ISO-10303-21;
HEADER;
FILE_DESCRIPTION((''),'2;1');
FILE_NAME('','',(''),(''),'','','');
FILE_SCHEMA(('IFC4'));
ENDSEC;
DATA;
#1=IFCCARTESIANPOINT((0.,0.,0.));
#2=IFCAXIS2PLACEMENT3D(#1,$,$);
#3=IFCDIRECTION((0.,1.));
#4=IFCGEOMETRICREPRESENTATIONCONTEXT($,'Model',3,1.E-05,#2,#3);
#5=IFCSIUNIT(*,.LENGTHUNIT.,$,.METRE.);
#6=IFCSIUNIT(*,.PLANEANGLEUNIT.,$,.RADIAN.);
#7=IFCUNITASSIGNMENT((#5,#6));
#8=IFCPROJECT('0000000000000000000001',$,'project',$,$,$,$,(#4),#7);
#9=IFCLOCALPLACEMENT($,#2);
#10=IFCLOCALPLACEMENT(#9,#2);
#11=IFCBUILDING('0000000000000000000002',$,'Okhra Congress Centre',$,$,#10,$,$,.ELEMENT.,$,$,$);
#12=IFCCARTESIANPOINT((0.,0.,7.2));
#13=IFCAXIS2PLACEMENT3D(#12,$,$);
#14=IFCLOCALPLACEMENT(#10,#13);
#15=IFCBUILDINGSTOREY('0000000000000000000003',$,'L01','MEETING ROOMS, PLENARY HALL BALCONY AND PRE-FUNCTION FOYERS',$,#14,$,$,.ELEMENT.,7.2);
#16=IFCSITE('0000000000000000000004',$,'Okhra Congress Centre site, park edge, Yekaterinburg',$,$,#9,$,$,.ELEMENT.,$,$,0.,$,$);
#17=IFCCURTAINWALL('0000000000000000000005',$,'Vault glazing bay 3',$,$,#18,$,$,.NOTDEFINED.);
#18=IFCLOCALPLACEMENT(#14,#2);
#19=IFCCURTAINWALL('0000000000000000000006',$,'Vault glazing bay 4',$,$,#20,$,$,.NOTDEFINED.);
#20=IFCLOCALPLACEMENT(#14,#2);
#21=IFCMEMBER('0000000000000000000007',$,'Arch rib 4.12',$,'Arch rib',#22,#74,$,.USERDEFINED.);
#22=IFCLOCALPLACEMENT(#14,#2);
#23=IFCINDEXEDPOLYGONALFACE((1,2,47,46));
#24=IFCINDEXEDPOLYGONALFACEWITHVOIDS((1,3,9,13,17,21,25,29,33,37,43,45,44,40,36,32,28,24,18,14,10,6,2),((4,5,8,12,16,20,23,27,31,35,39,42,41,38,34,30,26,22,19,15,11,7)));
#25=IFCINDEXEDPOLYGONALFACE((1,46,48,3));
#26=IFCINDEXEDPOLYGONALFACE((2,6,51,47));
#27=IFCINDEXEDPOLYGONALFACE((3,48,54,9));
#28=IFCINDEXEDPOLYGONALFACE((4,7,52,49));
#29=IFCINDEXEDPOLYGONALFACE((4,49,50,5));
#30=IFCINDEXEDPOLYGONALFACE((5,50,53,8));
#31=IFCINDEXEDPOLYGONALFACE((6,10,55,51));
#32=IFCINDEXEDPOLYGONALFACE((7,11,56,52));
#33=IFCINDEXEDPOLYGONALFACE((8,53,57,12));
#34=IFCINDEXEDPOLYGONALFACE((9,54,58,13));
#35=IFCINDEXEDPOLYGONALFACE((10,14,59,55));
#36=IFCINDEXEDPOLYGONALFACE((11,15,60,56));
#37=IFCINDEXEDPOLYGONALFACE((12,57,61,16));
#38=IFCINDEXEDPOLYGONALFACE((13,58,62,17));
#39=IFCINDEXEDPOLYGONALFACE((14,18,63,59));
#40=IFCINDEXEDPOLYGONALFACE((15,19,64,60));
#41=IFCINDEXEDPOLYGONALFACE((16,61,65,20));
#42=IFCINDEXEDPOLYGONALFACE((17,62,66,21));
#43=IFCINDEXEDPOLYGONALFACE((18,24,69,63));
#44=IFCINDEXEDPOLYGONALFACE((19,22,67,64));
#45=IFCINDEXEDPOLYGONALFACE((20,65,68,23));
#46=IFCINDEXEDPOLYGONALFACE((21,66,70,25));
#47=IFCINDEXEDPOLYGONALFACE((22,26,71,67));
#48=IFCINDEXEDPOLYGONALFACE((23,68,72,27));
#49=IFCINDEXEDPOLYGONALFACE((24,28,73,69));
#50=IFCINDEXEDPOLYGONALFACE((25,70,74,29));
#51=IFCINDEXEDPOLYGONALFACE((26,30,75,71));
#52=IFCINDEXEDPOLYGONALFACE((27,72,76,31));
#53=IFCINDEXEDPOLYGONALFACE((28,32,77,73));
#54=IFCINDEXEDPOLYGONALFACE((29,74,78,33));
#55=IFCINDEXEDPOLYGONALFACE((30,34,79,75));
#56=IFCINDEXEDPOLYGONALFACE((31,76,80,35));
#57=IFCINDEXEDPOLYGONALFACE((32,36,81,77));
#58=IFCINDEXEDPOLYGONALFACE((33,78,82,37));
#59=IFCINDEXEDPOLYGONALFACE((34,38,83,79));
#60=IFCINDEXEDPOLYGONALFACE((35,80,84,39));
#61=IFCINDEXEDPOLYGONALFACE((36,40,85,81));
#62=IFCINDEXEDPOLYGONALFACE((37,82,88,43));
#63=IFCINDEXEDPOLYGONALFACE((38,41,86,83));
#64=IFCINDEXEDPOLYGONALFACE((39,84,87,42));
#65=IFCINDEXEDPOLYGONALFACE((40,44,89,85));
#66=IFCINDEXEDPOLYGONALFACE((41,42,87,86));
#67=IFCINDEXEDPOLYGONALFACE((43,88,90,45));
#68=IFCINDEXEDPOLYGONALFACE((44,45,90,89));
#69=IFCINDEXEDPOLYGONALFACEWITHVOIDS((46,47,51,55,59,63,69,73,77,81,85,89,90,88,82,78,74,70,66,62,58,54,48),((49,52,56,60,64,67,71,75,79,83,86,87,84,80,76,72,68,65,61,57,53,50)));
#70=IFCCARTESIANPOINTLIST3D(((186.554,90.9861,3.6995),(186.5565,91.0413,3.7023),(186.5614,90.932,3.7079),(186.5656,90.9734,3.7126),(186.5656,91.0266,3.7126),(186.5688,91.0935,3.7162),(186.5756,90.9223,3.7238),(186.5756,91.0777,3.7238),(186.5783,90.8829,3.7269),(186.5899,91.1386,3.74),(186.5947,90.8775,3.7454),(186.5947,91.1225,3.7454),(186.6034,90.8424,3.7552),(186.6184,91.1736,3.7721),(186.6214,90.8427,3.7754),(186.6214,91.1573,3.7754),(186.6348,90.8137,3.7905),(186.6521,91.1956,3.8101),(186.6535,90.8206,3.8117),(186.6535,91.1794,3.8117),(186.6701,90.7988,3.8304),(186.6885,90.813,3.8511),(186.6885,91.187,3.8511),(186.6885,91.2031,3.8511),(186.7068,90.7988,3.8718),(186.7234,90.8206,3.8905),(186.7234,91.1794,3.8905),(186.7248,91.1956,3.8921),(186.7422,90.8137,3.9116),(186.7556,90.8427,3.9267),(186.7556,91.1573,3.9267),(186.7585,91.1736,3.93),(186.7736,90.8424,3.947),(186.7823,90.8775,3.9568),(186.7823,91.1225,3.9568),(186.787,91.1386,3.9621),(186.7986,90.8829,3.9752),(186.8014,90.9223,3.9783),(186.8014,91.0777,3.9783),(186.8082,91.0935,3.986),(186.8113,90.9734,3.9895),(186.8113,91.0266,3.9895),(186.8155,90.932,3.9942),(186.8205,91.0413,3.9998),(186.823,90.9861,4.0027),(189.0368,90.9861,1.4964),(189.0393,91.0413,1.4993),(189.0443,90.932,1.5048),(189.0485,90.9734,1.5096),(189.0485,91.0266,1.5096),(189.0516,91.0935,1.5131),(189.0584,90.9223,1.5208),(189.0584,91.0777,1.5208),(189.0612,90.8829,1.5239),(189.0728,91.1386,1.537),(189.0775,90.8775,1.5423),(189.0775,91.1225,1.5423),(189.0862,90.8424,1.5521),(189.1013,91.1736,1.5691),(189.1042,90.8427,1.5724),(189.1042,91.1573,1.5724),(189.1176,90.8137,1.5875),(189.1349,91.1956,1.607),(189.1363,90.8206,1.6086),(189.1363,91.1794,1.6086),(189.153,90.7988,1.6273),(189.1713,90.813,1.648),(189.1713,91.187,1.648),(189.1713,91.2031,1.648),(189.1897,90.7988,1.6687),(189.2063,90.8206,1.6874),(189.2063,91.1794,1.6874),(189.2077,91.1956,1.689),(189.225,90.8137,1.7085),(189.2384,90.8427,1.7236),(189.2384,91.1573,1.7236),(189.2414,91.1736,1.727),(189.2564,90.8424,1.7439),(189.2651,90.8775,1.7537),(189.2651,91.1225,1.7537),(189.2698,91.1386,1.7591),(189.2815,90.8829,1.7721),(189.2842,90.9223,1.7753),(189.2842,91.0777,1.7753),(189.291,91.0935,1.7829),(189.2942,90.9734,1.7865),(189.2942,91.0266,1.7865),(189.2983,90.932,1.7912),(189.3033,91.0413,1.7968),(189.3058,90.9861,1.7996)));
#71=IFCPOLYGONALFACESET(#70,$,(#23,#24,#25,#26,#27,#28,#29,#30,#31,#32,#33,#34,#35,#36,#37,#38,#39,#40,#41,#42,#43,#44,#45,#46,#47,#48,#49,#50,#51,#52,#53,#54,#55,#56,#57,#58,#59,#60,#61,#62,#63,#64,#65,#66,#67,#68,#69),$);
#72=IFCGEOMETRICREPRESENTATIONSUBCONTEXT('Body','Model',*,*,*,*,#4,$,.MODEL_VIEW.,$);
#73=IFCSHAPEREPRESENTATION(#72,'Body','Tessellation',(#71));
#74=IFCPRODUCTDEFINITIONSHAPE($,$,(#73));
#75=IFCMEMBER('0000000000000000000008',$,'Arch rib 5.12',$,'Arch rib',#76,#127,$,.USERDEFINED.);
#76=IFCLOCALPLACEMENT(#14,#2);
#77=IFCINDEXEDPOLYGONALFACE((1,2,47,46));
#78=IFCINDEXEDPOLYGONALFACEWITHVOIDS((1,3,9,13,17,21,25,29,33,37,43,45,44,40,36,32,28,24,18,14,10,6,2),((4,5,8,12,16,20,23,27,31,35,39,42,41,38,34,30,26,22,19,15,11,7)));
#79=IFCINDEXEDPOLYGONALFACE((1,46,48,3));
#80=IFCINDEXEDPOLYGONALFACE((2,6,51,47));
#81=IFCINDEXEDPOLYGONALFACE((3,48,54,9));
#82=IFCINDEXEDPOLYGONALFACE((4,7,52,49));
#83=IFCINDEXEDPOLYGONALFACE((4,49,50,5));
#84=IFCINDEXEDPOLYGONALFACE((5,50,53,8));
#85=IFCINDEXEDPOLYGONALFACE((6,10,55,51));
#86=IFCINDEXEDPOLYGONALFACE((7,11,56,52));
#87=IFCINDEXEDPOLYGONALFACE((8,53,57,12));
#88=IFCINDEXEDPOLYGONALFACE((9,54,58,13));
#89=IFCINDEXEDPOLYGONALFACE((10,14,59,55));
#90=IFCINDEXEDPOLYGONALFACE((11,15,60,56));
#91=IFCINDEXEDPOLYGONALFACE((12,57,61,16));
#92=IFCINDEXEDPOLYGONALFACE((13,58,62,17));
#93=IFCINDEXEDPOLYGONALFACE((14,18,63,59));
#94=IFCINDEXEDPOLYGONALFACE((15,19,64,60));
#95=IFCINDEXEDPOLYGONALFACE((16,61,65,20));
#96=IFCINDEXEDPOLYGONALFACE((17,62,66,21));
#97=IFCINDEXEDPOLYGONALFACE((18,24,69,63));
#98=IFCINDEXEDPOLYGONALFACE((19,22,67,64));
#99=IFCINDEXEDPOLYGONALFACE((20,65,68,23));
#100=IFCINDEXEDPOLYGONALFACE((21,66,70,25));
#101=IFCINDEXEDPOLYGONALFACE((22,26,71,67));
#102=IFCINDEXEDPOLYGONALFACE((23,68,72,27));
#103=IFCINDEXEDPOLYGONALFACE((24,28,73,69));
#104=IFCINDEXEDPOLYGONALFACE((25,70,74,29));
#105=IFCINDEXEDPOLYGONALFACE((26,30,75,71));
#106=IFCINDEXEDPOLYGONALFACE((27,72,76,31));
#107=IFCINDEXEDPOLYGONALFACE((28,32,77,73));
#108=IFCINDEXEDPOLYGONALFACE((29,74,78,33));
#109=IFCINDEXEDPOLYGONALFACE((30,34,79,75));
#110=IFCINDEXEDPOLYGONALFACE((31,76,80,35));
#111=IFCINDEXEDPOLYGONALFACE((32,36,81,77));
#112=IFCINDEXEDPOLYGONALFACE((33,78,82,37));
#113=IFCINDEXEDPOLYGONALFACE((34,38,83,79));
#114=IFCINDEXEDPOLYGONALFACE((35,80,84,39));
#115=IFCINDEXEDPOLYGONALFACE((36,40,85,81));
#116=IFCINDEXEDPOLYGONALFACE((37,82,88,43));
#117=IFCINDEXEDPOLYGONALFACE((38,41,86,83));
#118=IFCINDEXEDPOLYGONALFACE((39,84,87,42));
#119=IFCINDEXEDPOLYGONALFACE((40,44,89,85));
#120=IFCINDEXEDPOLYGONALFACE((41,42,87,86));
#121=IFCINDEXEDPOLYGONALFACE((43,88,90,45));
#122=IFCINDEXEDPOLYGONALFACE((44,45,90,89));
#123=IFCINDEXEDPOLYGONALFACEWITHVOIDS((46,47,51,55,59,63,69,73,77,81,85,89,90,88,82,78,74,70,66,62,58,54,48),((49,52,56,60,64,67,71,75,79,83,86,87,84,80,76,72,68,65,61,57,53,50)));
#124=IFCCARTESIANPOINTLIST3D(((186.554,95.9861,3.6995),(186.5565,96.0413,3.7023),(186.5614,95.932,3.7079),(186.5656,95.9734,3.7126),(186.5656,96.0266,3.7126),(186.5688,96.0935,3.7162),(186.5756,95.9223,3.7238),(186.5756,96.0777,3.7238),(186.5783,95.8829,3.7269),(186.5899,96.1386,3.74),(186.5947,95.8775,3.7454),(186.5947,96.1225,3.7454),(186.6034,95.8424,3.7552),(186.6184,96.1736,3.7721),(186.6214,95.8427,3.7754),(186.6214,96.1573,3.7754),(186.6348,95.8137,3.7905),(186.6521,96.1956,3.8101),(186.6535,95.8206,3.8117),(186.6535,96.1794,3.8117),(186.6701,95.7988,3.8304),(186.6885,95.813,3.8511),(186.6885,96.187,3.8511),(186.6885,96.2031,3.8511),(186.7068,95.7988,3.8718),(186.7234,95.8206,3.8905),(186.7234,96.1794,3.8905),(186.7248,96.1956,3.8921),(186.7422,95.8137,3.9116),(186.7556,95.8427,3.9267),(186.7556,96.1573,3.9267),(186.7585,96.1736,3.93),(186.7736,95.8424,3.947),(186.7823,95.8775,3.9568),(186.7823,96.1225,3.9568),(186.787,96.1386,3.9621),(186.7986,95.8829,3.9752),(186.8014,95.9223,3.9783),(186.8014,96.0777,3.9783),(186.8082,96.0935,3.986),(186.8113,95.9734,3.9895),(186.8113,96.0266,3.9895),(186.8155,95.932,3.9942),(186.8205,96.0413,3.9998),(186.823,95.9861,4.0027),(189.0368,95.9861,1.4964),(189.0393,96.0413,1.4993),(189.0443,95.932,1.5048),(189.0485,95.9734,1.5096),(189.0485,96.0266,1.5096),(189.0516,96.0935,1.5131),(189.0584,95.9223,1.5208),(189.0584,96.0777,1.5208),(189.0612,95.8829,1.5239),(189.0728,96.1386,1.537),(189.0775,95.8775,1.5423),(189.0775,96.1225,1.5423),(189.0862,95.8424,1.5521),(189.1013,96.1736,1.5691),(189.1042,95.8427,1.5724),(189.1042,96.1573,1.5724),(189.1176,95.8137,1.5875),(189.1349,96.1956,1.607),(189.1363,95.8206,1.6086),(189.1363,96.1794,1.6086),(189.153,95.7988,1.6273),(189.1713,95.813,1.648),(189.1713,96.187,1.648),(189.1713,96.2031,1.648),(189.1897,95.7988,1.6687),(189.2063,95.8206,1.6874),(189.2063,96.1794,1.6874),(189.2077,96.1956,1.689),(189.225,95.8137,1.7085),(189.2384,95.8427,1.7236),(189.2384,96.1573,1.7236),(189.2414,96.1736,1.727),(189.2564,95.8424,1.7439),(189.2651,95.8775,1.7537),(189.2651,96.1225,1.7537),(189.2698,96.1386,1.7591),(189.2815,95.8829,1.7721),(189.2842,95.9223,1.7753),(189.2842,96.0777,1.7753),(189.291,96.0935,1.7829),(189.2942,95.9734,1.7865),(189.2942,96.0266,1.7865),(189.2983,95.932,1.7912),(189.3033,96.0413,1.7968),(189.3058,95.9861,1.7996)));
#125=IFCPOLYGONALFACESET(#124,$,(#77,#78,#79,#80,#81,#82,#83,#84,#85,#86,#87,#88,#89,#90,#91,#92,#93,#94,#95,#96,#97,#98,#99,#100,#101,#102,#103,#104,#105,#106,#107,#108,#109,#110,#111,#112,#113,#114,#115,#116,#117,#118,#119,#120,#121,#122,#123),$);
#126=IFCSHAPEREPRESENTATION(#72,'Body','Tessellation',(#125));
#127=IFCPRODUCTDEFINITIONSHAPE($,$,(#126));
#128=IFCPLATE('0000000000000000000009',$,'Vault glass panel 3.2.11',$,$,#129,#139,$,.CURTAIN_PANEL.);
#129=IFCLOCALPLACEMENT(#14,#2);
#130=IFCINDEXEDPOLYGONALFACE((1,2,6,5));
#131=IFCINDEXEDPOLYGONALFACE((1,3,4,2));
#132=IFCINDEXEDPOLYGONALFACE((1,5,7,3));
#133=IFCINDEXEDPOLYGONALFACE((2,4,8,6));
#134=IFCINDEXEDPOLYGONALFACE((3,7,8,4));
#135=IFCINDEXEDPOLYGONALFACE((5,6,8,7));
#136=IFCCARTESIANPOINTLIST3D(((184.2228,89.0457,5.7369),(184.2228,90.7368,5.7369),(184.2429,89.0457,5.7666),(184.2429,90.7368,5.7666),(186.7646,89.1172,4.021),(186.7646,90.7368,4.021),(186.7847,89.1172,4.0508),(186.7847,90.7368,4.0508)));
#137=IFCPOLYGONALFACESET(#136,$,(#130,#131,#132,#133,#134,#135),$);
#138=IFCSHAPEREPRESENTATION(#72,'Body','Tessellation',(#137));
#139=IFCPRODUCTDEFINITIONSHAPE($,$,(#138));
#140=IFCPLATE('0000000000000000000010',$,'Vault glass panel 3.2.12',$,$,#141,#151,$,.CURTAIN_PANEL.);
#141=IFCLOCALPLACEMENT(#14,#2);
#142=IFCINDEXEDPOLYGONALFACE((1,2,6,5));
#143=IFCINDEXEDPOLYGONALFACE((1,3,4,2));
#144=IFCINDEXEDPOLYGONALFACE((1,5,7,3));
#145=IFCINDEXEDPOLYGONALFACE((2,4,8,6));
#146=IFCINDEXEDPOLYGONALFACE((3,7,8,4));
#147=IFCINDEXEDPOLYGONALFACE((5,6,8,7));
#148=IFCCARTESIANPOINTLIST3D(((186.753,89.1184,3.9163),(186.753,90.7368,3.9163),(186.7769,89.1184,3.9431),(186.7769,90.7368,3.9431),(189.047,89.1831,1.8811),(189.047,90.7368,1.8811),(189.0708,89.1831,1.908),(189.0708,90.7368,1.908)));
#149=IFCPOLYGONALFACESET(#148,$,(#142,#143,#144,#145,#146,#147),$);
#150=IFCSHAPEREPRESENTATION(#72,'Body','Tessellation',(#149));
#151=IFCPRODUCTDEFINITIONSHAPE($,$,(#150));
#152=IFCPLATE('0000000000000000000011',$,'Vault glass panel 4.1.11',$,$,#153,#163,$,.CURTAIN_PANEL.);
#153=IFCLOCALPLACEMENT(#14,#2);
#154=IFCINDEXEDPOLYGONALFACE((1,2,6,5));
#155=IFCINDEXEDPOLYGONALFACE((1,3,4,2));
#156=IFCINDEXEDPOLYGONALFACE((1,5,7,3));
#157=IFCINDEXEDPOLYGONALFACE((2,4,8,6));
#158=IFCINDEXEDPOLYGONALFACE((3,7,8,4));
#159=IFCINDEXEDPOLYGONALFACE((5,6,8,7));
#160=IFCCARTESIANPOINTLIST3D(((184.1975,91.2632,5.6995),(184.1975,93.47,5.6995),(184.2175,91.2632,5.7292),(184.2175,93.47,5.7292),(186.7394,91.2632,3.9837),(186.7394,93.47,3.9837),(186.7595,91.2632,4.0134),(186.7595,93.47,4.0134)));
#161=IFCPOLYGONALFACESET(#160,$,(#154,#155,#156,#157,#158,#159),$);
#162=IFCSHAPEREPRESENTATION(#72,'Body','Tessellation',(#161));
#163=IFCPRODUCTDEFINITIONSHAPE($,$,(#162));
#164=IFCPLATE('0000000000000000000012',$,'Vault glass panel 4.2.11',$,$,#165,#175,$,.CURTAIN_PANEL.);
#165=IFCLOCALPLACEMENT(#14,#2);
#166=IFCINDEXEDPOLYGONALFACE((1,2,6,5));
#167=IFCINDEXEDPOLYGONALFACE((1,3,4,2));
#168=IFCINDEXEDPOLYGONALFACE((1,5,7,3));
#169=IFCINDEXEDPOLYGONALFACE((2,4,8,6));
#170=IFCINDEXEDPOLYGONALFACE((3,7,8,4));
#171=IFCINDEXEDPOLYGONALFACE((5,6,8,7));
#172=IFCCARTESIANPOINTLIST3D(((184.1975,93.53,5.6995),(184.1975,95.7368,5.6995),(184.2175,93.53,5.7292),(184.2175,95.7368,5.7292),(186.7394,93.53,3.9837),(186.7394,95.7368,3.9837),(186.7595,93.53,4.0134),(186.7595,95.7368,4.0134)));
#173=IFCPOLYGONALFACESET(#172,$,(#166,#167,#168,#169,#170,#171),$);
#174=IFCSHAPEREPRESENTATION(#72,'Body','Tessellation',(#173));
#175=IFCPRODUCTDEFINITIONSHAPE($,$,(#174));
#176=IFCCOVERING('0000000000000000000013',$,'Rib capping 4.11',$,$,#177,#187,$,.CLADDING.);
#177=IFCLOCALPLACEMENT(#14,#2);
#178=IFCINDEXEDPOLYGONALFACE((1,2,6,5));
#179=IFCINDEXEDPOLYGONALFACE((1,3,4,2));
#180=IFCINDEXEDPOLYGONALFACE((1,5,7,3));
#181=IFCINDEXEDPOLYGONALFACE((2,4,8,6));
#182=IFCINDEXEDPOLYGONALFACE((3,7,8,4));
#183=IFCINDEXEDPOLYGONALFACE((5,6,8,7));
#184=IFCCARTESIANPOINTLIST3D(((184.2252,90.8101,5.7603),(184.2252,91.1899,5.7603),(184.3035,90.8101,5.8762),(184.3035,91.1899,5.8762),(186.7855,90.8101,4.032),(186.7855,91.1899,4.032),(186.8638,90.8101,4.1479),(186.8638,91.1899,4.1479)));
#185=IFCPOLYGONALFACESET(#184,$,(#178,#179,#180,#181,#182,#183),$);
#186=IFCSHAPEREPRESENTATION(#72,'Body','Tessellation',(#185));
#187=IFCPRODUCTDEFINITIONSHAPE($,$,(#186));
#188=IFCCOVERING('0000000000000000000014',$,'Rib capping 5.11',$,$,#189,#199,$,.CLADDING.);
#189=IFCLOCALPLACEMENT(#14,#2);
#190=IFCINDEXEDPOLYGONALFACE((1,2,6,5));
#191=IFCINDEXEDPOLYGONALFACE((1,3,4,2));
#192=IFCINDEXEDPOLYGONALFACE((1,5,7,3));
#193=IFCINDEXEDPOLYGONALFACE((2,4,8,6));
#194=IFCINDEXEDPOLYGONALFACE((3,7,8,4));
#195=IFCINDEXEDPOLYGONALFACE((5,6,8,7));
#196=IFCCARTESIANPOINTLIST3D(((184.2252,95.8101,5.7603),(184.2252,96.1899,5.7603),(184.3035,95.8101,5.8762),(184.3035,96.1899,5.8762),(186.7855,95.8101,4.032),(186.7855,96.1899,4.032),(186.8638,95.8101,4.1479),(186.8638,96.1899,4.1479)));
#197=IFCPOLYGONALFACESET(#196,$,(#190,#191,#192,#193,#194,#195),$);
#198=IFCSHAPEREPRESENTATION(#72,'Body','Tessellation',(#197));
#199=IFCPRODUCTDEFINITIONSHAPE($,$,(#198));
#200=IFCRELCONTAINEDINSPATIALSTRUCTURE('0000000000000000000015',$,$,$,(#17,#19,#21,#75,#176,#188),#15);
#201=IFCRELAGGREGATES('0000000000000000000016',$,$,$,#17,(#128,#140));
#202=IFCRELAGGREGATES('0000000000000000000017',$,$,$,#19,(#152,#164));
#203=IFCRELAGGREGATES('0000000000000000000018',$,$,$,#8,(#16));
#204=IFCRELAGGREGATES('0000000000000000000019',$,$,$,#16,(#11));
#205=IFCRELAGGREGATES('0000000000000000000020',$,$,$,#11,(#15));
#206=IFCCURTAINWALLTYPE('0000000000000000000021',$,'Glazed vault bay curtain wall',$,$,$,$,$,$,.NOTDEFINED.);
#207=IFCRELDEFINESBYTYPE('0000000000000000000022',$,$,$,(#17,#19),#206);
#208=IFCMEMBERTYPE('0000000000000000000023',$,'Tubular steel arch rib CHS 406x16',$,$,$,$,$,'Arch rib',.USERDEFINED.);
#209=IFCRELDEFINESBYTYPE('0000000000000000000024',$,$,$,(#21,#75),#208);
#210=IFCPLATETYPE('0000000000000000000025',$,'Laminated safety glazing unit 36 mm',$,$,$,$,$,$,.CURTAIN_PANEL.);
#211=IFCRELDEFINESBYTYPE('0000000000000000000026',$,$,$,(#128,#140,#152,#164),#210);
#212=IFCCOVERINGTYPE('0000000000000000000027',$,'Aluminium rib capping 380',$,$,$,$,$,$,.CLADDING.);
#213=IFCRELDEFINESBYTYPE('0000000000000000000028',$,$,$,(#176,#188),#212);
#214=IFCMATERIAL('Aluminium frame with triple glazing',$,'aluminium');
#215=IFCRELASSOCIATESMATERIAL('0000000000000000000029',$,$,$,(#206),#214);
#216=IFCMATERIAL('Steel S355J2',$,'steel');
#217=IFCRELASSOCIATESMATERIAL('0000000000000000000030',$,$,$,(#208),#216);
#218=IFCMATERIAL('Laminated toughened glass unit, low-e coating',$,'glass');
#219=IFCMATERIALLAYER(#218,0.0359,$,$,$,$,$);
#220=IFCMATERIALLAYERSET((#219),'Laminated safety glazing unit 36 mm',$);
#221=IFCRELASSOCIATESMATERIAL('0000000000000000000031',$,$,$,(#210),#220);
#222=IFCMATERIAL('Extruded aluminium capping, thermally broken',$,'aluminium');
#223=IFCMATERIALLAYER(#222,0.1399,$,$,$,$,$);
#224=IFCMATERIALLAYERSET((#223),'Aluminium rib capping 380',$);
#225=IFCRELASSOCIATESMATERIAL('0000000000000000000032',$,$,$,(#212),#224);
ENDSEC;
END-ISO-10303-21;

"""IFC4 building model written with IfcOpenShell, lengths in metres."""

from ifc_helpers import new_model, si_unit, direction, frame, origin, origin_2d, place, context, subcontext, project, spatial, polyline, hollow_circle, outline, extrude, material, layer, layer_set, material_profile, profile_set, type_object, element, aggregate, save


model = new_model("IFC4")

# Units and contexts
model_context = context("Model", 3, precision=1e-05, world=origin(), true_north=direction((0.0, 1.0)))
body_context = subcontext(model_context, "Body", "Model", "MODEL_VIEW")
ifc_project = project(units=[si_unit("LENGTHUNIT", "METRE"), si_unit("PLANEANGLEUNIT", "RADIAN")], contexts=[model_context])

# Site, building, storey
site_placement = place(None, origin())
site = spatial("IfcSite", under=ifc_project, at=site_placement, Name="Okhra Congress Centre site, park edge, Yekaterinburg", CompositionType="ELEMENT", RefElevation=0.0)
building_placement = place(site_placement, origin())
building = spatial("IfcBuilding", under=site, at=building_placement, Name="Okhra Congress Centre", CompositionType="ELEMENT")
storey_placement = place(building_placement, frame((0.0, 0.0, 7.2)))
storey = spatial("IfcBuildingStorey", under=building, at=storey_placement, Name="L01", Description="MEETING ROOMS, PLENARY HALL BALCONY AND PRE-FUNCTION FOYERS", CompositionType="ELEMENT", Elevation=7.2)

# Curtain walls
ifc_material_1 = material(Name="Aluminium frame with triple glazing", Category="aluminium")
curtain_wall_type = type_object("IfcCurtainWallType", Name="Glazed vault bay curtain wall", PredefinedType="NOTDEFINED", material=ifc_material_1)
curtain_wall_1_placement = place(storey_placement, origin())
curtain_wall_1 = element("IfcCurtainWall", 1, at=curtain_wall_1_placement, inside=storey, type_object=curtain_wall_type, Name="Vault glazing bay 3", PredefinedType="NOTDEFINED")
curtain_wall_2_placement = place(storey_placement, origin())
curtain_wall_2 = element("IfcCurtainWall", 2, at=curtain_wall_2_placement, inside=storey, type_object=curtain_wall_type, Name="Vault glazing bay 4", PredefinedType="NOTDEFINED")

# Members
ifc_material_2 = material(Name="Steel S355J2", Category="steel")
ifc_material_profile_1 = material_profile(ifc_material_2, hollow_circle(Radius=0.2031, WallThickness=0.0161, at=origin_2d()), Name="CHS 406.4x16")
ifc_profile_set_1 = profile_set([ifc_material_profile_1], Name="Steel S355J2")
member_type_1 = type_object("IfcMemberType", Name="Tubular steel arch rib CHS 406x16", ElementType="Arch rib", PredefinedType="USERDEFINED", material=ifc_profile_set_1)
for number, where, z_axis, x_axis, name in (
    (3, (186.6885, 91.0, 3.8511), (0.747993, 0.0, -0.663706), (0.0, 1.0, 0.0), "Arch rib 4.12"),
    (4, (186.6885, 96.0, 3.8511), (0.747993, 0.0, -0.663706), (0.0, 1.0, 0.0), "Arch rib 5.12"),
):
    element("IfcMember", number, at=place(storey_placement, frame(where, z_axis=z_axis, x_axis=x_axis)), inside=storey, type_object=member_type_1, Name=name, ObjectType="Arch rib", PredefinedType="USERDEFINED", context=body_context, shape_type="SweptSolid", body=[
        extrude(hollow_circle(Radius=0.2031, WallThickness=0.0161, at=origin_2d()), origin(), (0.0, 0.0, 1.0), 3.3193),
    ])

# Plates
ifc_material_3 = material(Name="Laminated toughened glass unit, low-e coating", Category="glass")
ifc_layer_1 = layer(ifc_material_3, 0.0359)
ifc_layer_set_1 = layer_set([ifc_layer_1], Name="Laminated safety glazing unit 36 mm")
plate_type = type_object("IfcPlateType", Name="Laminated safety glazing unit 36 mm", PredefinedType="CURTAIN_PANEL", material=ifc_layer_set_1)
plate_1_placement = place(storey_placement, frame((184.2429, 89.0457, 5.7666), z_axis=(0.559504, 0.0, 0.828827), x_axis=(0.828602, 0.02332, -0.559352)))
plate_1 = element("IfcPlate", 5, at=plate_1_placement, type_object=plate_type, Name="Vault glass panel 3.2.11", PredefinedType="CURTAIN_PANEL", context=body_context, shape_type="SweptSolid", body=[
    extrude(outline(polyline([(0.0, 0.0), (3.0675, 0.0), (3.1053, 1.6192), (0.0394, 1.6907), (0.0, 0.0)])), origin(), (0.0, 0.0, -1.0), 0.0359),
])
plate_2_placement = place(storey_placement, frame((186.7769, 89.1184, 3.9431), z_axis=(0.663652, 0.0, 0.748041), x_axis=(0.747875, 0.021093, -0.663504)))
plate_2 = element("IfcPlate", 6, at=plate_2_placement, type_object=plate_type, Name="Vault glass panel 3.2.12", PredefinedType="CURTAIN_PANEL", context=body_context, shape_type="SweptSolid", body=[
    extrude(outline(polyline([(0.0, 0.0), (3.0673, 0.0), (3.1001, 1.5534), (0.0341, 1.618), (0.0, 0.0)])), origin(), (0.0, 0.0, -1.0), 0.0359),
])
aggregate(curtain_wall_1, [plate_1, plate_2])
plate_3_placement = place(storey_placement, frame((184.2175, 91.2632, 5.7292), z_axis=(0.559467, 0.0, 0.828852), x_axis=(0.828852, 0.0, -0.559467)))
plate_3 = element("IfcPlate", 7, at=plate_3_placement, type_object=plate_type, Name="Vault glass panel 4.1.11", PredefinedType="CURTAIN_PANEL", context=body_context, shape_type="SweptSolid", body=[
    extrude(outline(polyline([(0.0, 0.0), (3.0669, 0.0), (3.0669, 2.2068), (0.0, 2.2068), (0.0, 0.0)])), origin(), (0.0, 0.0, -1.0), 0.0359),
])
plate_4_placement = place(storey_placement, frame((184.2175, 93.53, 5.7292), z_axis=(0.559467, 0.0, 0.828852), x_axis=(0.828852, 0.0, -0.559467)))
plate_4 = element("IfcPlate", 8, at=plate_4_placement, type_object=plate_type, Name="Vault glass panel 4.2.11", PredefinedType="CURTAIN_PANEL", context=body_context, shape_type="SweptSolid", body=[
    extrude(outline(polyline([(0.0, 0.0), (3.0669, 0.0), (3.0669, 2.2068), (0.0, 2.2068), (0.0, 0.0)])), origin(), (0.0, 0.0, -1.0), 0.0359),
])
aggregate(curtain_wall_2, [plate_3, plate_4])

# Coverings
ifc_material_4 = material(Name="Extruded aluminium capping, thermally broken", Category="aluminium")
ifc_layer_2 = layer(ifc_material_4, 0.1399)
ifc_layer_set_2 = layer_set([ifc_layer_2], Name="Aluminium rib capping 380")
covering_type = type_object("IfcCoveringType", Name="Aluminium rib capping 380", PredefinedType="CLADDING", material=ifc_layer_set_2)
for number, where, z_axis, x_axis, name in (
    (9, (184.3035, 90.8101, 5.8762), (0.559488, 0.0, 0.828839), (0.828839, 0.0, -0.559488), "Rib capping 4.11"),
    (10, (184.3035, 95.8101, 5.8762), (0.559488, 0.0, 0.828839), (0.828839, 0.0, -0.559488), "Rib capping 5.11"),
):
    element("IfcCovering", number, at=place(storey_placement, frame(where, z_axis=z_axis, x_axis=x_axis)), inside=storey, type_object=covering_type, Name=name, PredefinedType="CLADDING", context=body_context, shape_type="SweptSolid", body=[
        extrude(outline(polyline([(0.0, 0.0), (3.089, 0.0), (3.089, 0.3799), (0.0, 0.3799), (0.0, 0.0)])), origin(), (0.0, 0.0, -1.0), 0.1399),
    ])

save(model, "model.ifc")
